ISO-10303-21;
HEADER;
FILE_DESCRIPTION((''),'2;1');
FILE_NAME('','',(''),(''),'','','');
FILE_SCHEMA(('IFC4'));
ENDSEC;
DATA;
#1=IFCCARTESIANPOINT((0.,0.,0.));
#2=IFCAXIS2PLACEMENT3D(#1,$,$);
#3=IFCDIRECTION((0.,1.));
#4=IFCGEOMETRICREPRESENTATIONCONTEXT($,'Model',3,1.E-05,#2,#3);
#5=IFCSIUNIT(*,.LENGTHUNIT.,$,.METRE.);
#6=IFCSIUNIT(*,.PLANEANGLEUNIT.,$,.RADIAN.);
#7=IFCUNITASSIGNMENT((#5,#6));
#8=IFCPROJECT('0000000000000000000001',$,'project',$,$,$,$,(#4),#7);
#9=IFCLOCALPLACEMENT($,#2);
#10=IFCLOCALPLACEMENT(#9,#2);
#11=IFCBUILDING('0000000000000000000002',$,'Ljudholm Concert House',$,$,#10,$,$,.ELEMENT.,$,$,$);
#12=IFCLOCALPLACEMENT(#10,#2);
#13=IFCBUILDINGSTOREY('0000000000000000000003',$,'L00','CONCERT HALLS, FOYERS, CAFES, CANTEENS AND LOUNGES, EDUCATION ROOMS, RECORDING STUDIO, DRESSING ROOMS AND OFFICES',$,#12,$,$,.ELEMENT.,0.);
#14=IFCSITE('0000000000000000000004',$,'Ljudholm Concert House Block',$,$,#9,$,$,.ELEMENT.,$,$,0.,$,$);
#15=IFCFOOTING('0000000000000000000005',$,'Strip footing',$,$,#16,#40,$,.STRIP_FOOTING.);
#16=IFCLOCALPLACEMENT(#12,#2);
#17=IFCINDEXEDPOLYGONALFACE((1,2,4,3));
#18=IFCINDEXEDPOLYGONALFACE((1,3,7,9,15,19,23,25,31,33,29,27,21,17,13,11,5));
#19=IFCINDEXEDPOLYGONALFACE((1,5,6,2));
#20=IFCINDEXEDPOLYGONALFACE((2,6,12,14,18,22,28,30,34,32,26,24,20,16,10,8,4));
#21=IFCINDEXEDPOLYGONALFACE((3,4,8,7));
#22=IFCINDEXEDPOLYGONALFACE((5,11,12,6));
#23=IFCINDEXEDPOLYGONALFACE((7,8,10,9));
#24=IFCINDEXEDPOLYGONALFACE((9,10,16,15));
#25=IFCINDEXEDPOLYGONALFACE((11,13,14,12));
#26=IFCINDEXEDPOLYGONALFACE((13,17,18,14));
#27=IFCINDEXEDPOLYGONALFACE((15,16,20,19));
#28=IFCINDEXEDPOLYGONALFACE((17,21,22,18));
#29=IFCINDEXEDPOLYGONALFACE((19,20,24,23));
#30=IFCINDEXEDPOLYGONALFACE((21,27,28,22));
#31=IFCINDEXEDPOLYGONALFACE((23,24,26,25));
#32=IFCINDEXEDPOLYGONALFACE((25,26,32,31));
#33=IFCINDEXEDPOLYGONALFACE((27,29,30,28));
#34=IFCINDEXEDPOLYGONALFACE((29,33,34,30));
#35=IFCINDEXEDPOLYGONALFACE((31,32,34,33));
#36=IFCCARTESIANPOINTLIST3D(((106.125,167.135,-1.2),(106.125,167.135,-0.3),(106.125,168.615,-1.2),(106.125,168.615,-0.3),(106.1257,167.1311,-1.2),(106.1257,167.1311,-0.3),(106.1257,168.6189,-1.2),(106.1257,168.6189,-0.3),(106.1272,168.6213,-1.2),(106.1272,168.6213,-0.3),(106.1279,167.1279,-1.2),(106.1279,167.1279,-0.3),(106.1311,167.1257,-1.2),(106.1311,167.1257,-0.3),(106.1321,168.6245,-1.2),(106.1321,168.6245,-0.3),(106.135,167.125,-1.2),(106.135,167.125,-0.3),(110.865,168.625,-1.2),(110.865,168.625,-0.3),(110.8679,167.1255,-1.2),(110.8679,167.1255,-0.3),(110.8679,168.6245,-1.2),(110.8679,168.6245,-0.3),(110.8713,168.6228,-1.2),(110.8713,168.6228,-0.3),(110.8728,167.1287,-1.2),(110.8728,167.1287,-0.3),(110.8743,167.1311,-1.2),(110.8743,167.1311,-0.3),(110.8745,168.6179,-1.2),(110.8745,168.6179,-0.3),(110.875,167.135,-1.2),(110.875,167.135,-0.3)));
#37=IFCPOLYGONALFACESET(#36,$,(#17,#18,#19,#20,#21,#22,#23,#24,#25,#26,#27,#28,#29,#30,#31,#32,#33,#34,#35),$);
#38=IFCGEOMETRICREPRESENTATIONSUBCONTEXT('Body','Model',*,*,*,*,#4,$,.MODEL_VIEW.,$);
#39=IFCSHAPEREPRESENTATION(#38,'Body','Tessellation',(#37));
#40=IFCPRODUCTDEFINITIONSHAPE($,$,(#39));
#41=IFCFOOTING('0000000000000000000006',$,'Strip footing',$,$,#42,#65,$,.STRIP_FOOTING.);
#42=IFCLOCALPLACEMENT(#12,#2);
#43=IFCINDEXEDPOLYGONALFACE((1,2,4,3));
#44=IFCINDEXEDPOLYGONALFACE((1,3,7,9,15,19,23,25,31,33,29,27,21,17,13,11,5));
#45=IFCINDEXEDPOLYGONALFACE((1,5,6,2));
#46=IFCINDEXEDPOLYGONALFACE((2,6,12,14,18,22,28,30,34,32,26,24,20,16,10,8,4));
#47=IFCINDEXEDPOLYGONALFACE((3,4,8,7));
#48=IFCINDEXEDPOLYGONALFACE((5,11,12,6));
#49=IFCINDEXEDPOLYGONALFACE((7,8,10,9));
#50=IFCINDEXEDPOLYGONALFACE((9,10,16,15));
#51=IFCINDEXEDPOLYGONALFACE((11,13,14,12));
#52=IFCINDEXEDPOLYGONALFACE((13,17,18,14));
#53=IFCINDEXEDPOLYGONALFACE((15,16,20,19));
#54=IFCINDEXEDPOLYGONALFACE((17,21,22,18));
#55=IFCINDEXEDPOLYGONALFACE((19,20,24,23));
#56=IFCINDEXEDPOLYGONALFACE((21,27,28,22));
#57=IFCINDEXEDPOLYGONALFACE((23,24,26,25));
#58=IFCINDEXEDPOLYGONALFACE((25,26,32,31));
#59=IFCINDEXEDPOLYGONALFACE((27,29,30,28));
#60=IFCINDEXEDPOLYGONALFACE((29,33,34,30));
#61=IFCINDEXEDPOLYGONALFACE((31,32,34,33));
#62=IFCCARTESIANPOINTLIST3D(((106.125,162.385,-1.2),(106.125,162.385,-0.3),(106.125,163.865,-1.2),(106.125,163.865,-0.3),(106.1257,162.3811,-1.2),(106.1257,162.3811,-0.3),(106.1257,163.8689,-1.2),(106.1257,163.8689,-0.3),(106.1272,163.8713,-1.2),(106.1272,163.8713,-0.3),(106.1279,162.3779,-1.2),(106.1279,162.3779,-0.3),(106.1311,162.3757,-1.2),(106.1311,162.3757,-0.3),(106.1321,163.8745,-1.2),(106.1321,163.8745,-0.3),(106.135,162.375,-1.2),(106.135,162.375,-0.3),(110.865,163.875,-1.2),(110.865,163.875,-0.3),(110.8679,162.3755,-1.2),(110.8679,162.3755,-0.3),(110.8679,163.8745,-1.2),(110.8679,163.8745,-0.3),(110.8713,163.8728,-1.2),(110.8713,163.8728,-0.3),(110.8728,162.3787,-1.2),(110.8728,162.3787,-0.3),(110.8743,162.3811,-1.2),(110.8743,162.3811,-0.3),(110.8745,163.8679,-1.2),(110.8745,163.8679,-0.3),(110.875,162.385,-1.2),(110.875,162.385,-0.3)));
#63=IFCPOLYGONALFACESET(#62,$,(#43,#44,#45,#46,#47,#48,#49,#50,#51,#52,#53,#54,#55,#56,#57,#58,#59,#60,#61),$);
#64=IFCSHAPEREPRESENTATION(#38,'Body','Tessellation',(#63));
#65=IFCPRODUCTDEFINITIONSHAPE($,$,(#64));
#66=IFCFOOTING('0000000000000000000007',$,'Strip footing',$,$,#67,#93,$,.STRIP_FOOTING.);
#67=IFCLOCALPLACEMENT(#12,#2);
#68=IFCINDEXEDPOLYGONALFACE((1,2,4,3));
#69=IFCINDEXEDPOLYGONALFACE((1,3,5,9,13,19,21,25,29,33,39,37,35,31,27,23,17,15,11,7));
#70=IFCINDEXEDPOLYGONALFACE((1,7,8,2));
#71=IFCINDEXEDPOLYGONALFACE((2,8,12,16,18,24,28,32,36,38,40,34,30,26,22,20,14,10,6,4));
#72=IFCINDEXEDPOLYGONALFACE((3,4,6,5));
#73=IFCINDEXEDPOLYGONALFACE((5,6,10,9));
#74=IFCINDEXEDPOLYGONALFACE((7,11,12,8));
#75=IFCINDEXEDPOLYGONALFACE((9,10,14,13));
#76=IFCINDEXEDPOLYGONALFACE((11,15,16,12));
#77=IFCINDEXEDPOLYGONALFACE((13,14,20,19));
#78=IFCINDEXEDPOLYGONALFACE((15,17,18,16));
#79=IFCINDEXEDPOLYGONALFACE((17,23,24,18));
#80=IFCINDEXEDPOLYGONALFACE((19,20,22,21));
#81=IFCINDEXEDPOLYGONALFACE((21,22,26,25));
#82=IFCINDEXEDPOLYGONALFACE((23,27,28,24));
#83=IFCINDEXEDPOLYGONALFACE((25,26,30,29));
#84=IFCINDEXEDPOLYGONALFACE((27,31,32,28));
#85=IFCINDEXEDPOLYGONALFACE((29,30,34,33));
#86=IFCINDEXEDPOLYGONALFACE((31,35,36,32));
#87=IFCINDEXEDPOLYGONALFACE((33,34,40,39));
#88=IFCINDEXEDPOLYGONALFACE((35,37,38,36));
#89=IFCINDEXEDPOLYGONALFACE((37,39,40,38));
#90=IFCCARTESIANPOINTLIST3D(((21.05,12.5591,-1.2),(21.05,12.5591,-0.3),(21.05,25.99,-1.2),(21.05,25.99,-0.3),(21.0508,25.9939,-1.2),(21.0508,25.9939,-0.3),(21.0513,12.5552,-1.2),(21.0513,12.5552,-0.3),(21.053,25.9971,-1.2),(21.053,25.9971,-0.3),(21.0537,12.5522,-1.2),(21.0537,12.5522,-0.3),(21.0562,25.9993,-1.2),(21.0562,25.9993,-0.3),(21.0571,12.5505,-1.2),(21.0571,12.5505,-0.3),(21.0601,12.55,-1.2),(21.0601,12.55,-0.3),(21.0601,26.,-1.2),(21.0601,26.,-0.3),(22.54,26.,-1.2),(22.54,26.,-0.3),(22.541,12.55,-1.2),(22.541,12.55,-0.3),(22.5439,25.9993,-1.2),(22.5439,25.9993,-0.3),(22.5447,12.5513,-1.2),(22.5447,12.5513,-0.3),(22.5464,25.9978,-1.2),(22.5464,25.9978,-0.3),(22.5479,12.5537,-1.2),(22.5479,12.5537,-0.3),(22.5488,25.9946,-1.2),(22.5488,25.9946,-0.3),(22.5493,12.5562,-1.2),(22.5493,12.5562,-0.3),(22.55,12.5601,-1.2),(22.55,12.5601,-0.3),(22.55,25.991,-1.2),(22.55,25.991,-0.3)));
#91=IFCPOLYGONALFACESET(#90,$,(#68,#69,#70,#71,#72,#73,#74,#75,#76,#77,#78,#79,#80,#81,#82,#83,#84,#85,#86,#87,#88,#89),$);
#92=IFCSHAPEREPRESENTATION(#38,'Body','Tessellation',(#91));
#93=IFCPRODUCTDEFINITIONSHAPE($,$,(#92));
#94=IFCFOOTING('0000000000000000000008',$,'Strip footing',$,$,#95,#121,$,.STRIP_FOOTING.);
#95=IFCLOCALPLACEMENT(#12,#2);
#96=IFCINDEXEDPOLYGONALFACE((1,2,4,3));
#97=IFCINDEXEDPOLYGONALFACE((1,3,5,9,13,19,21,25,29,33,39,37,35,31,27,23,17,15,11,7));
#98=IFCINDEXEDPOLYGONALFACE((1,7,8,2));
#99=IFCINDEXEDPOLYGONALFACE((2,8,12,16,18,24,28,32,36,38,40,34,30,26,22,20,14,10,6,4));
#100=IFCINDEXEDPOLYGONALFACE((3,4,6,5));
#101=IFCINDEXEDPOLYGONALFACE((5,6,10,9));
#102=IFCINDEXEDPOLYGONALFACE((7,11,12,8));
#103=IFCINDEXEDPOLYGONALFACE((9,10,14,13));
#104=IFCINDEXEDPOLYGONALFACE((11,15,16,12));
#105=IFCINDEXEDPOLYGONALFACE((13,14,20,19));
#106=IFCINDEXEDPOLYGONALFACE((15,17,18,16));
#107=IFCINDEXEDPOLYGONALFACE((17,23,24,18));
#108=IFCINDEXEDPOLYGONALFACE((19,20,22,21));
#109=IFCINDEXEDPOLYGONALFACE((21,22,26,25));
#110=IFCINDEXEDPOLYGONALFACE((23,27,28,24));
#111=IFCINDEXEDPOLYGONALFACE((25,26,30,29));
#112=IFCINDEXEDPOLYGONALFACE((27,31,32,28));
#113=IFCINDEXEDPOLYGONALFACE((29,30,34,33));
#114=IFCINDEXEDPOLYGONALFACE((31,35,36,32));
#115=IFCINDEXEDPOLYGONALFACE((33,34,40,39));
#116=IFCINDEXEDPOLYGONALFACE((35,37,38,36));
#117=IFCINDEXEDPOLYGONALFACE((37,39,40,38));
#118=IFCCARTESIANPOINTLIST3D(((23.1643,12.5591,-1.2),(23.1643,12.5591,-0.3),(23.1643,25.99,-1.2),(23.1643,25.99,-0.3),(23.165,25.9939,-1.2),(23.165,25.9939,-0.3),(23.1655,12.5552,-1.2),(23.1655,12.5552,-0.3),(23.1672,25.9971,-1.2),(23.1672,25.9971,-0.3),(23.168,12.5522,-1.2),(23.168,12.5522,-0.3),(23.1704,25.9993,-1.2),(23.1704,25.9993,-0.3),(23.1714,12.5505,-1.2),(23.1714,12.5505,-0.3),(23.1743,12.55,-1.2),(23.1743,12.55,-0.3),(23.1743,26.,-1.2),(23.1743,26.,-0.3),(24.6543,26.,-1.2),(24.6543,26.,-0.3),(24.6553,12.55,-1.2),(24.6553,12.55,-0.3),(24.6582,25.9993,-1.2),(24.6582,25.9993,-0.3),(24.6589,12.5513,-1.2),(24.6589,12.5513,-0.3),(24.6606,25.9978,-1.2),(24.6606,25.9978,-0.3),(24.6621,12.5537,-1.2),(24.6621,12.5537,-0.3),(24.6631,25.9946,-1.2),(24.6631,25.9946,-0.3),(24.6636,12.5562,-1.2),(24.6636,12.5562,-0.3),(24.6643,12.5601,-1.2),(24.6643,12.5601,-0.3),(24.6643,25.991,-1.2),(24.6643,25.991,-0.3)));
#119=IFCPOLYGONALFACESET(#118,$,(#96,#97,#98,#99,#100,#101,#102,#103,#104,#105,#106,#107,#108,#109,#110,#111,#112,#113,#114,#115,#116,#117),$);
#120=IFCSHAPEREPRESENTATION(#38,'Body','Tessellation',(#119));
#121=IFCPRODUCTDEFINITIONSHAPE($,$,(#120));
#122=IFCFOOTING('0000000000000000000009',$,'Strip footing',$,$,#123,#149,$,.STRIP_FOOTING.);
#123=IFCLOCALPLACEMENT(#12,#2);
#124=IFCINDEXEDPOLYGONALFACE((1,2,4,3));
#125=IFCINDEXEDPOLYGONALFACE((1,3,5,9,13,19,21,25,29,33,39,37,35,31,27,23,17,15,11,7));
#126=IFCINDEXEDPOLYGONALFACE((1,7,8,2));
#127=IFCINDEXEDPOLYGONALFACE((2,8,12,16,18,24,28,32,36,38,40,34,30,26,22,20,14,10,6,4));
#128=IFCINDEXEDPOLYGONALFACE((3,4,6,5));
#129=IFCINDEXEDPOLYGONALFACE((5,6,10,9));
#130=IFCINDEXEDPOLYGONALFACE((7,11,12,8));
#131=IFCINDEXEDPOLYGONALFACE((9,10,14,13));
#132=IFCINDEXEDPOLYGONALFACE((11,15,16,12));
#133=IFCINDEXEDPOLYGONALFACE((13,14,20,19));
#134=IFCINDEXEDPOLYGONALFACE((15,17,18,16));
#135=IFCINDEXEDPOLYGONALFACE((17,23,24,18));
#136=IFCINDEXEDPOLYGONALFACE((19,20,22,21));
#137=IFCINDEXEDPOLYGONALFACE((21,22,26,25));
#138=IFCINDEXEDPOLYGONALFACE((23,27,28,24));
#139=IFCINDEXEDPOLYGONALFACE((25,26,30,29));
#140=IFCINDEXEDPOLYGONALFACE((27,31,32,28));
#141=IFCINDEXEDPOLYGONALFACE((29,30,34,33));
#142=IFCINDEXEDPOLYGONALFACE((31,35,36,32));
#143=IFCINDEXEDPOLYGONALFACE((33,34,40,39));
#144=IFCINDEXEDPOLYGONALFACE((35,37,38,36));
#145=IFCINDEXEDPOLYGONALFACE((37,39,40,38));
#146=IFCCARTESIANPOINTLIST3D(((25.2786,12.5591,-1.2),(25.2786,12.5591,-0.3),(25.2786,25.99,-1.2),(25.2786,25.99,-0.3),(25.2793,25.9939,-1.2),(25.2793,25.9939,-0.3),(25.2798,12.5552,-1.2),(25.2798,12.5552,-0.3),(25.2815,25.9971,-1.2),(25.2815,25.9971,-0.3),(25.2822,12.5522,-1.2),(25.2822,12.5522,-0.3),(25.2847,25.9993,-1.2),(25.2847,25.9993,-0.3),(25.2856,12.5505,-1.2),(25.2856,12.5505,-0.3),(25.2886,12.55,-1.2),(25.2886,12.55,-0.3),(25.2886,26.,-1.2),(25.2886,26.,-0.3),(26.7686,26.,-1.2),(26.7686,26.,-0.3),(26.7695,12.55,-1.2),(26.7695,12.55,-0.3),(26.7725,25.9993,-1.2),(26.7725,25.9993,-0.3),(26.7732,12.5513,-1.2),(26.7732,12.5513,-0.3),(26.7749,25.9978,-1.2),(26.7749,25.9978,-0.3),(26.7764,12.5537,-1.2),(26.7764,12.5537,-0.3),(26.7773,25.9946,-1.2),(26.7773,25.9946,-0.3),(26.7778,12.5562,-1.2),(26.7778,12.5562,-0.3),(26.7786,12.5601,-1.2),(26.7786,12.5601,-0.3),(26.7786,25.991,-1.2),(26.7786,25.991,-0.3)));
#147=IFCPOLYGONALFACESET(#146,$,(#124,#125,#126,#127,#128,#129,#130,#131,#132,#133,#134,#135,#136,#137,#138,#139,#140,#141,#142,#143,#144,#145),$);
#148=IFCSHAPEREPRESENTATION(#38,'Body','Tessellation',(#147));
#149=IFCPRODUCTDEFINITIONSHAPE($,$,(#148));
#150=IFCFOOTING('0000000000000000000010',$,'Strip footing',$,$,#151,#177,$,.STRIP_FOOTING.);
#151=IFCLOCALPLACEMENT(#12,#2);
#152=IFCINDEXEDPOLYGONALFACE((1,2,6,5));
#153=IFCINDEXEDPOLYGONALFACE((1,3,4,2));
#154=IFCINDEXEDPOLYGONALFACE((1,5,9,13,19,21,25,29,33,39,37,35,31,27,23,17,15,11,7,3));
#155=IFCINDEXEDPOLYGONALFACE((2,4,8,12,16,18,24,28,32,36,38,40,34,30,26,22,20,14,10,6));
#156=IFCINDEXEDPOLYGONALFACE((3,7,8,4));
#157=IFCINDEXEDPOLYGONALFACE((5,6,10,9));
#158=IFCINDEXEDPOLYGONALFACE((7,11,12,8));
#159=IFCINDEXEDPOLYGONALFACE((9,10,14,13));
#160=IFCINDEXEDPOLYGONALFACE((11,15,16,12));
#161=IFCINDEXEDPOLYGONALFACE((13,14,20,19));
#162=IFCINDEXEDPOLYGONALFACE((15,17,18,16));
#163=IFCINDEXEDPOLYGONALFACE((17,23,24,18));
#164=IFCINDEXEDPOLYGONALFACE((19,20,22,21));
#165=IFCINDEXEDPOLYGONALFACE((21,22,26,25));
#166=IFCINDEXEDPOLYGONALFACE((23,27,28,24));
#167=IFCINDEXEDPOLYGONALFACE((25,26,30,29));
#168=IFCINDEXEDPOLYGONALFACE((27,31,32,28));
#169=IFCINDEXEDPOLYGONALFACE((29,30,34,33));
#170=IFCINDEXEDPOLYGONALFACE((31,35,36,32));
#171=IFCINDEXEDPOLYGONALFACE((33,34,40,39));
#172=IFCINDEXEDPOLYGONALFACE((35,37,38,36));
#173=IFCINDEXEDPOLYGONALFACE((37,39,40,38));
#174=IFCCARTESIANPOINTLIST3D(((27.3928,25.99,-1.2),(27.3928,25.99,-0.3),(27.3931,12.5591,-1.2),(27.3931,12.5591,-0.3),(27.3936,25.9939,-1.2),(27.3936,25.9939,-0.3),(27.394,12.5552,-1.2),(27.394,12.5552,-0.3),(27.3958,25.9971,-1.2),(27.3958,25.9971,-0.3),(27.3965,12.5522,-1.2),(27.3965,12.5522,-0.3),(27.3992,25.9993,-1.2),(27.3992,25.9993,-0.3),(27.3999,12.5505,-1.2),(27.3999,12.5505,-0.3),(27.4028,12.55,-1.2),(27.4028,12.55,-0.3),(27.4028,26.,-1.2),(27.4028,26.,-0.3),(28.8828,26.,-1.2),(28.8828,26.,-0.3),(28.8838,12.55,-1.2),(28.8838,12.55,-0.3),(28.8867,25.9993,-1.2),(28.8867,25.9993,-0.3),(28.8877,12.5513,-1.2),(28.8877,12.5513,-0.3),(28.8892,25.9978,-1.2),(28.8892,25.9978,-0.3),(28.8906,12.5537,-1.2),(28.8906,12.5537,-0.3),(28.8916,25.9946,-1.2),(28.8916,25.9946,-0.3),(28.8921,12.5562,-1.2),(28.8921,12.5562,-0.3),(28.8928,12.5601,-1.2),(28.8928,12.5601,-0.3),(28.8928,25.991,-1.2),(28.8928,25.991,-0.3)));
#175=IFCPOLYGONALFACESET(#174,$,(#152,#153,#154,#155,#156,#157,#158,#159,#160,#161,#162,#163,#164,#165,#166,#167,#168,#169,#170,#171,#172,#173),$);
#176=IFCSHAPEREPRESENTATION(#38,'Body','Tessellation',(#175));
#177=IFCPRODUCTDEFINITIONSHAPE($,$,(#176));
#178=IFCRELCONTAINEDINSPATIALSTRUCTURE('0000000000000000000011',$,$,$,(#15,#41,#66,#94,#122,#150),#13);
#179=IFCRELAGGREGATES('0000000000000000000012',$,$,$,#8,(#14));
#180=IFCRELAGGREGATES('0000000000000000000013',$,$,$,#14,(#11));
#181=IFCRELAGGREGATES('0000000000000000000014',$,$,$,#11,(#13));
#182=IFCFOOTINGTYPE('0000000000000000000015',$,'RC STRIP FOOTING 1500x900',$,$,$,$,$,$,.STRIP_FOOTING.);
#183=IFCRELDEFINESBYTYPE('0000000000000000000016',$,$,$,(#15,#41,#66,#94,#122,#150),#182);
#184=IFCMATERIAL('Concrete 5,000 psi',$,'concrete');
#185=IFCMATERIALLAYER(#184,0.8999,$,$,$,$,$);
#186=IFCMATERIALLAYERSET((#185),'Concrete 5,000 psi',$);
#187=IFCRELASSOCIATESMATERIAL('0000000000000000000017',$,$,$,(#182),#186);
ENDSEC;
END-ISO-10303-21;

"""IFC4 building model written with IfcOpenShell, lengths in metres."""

from ifc_helpers import new_model, si_unit, direction, frame, origin, place, context, subcontext, project, spatial, polyline, outline, extrude, material, layer, layer_set, type_object, element, save


model = new_model("IFC4")

# Units and contexts
model_context = context("Model", 3, precision=1e-05, world=origin(), true_north=direction((0.0, 1.0)))
body_context = subcontext(model_context, "Body", "Model", "MODEL_VIEW")
ifc_project = project(units=[si_unit("LENGTHUNIT", "METRE"), si_unit("PLANEANGLEUNIT", "RADIAN")], contexts=[model_context])

# Site, building, storey
site_placement = place(None, origin())
site = spatial("IfcSite", under=ifc_project, at=site_placement, Name="Ljudholm Concert House Block", CompositionType="ELEMENT", RefElevation=0.0)
building_placement = place(site_placement, origin())
building = spatial("IfcBuilding", under=site, at=building_placement, Name="Ljudholm Concert House", CompositionType="ELEMENT")
storey_placement = place(building_placement, origin())
storey = spatial("IfcBuildingStorey", under=building, at=storey_placement, Name="L00", Description="CONCERT HALLS, FOYERS, CAFES, CANTEENS AND LOUNGES, EDUCATION ROOMS, RECORDING STUDIO, DRESSING ROOMS AND OFFICES", CompositionType="ELEMENT", Elevation=0.0)

# Footings
ifc_material = material(Name="Concrete 5,000 psi", Category="concrete")
ifc_layer = layer(ifc_material, 0.8999)
ifc_layer_set = layer_set([ifc_layer], Name="Concrete 5,000 psi")
footing_type = type_object("IfcFootingType", Name="RC STRIP FOOTING 1500x900", PredefinedType="STRIP_FOOTING", material=ifc_layer_set)
footing_1_placement = place(storey_placement, frame((0.0, 0.0, -1.2)))
element("IfcFooting", 1, at=footing_1_placement, inside=storey, type_object=footing_type, Name="Strip footing", PredefinedType="STRIP_FOOTING", context=body_context, shape_type="SweptSolid", body=[
    extrude(outline(polyline([(106.135, 167.125), (110.8679, 167.1255), (110.8728, 167.1287), (110.8743, 167.1311), (110.875, 167.135), (110.8745, 168.6179), (110.8713, 168.6228), (110.8679, 168.6245), (110.865, 168.625), (106.1321, 168.6245), (106.1272, 168.6213), (106.1257, 168.6189), (106.125, 168.615), (106.125, 167.135), (106.1257, 167.1311), (106.1279, 167.1279), (106.1311, 167.1257), (106.135, 167.125)])), origin(), (0.0, 0.0, 1.0), 0.8999),
])
footing_2_placement = place(storey_placement, frame((0.0, 0.0, -1.2)))
element("IfcFooting", 2, at=footing_2_placement, inside=storey, type_object=footing_type, Name="Strip footing", PredefinedType="STRIP_FOOTING", context=body_context, shape_type="SweptSolid", body=[
    extrude(outline(polyline([(106.135, 162.375), (110.8679, 162.3755), (110.8728, 162.3787), (110.8743, 162.3811), (110.875, 162.385), (110.8745, 163.8679), (110.8713, 163.8728), (110.8679, 163.8745), (110.865, 163.875), (106.1321, 163.8745), (106.1272, 163.8713), (106.1257, 163.8689), (106.125, 163.865), (106.125, 162.385), (106.1257, 162.3811), (106.1279, 162.3779), (106.1311, 162.3757), (106.135, 162.375)])), origin(), (0.0, 0.0, 1.0), 0.8999),
])
footing_3_placement = place(storey_placement, frame((0.0, 0.0, -1.2)))
element("IfcFooting", 3, at=footing_3_placement, inside=storey, type_object=footing_type, Name="Strip footing", PredefinedType="STRIP_FOOTING", context=body_context, shape_type="SweptSolid", body=[
    extrude(outline(polyline([(21.05, 25.99), (21.05, 12.5591), (21.0513, 12.5552), (21.0537, 12.5522), (21.0571, 12.5505), (21.0601, 12.55), (22.541, 12.55), (22.5447, 12.5513), (22.5479, 12.5537), (22.5493, 12.5562), (22.55, 12.5601), (22.55, 25.991), (22.5488, 25.9946), (22.5464, 25.9978), (22.5439, 25.9993), (22.54, 26.0), (21.0601, 26.0), (21.0562, 25.9993), (21.053, 25.9971), (21.0508, 25.9939), (21.05, 25.99)])), origin(), (0.0, 0.0, 1.0), 0.8999),
])
footing_4_placement = place(storey_placement, frame((0.0, 0.0, -1.2)))
element("IfcFooting", 4, at=footing_4_placement, inside=storey, type_object=footing_type, Name="Strip footing", PredefinedType="STRIP_FOOTING", context=body_context, shape_type="SweptSolid", body=[
    extrude(outline(polyline([(23.1643, 25.99), (23.1643, 12.5591), (23.1655, 12.5552), (23.168, 12.5522), (23.1714, 12.5505), (23.1743, 12.55), (24.6553, 12.55), (24.6589, 12.5513), (24.6621, 12.5537), (24.6636, 12.5562), (24.6643, 12.5601), (24.6643, 25.991), (24.6631, 25.9946), (24.6606, 25.9978), (24.6582, 25.9993), (24.6543, 26.0), (23.1743, 26.0), (23.1704, 25.9993), (23.1672, 25.9971), (23.165, 25.9939), (23.1643, 25.99)])), origin(), (0.0, 0.0, 1.0), 0.8999),
])
footing_5_placement = place(storey_placement, frame((0.0, 0.0, -1.2)))
element("IfcFooting", 5, at=footing_5_placement, inside=storey, type_object=footing_type, Name="Strip footing", PredefinedType="STRIP_FOOTING", context=body_context, shape_type="SweptSolid", body=[
    extrude(outline(polyline([(25.2786, 25.99), (25.2786, 12.5591), (25.2798, 12.5552), (25.2822, 12.5522), (25.2856, 12.5505), (25.2886, 12.55), (26.7695, 12.55), (26.7732, 12.5513), (26.7764, 12.5537), (26.7778, 12.5562), (26.7786, 12.5601), (26.7786, 25.991), (26.7773, 25.9946), (26.7749, 25.9978), (26.7725, 25.9993), (26.7686, 26.0), (25.2886, 26.0), (25.2847, 25.9993), (25.2815, 25.9971), (25.2793, 25.9939), (25.2786, 25.99)])), origin(), (0.0, 0.0, 1.0), 0.8999),
])
footing_6_placement = place(storey_placement, frame((0.0, 0.0, -1.2)))
element("IfcFooting", 6, at=footing_6_placement, inside=storey, type_object=footing_type, Name="Strip footing", PredefinedType="STRIP_FOOTING", context=body_context, shape_type="SweptSolid", body=[
    extrude(outline(polyline([(27.3928, 25.99), (27.3931, 12.5591), (27.394, 12.5552), (27.3965, 12.5522), (27.3999, 12.5505), (27.4028, 12.55), (28.8838, 12.55), (28.8877, 12.5513), (28.8906, 12.5537), (28.8921, 12.5562), (28.8928, 12.5601), (28.8928, 25.991), (28.8916, 25.9946), (28.8892, 25.9978), (28.8867, 25.9993), (28.8828, 26.0), (27.4028, 26.0), (27.3992, 25.9993), (27.3958, 25.9971), (27.3936, 25.9939), (27.3928, 25.99)])), origin(), (0.0, 0.0, 1.0), 0.8999),
])

save(model, "model.ifc")
